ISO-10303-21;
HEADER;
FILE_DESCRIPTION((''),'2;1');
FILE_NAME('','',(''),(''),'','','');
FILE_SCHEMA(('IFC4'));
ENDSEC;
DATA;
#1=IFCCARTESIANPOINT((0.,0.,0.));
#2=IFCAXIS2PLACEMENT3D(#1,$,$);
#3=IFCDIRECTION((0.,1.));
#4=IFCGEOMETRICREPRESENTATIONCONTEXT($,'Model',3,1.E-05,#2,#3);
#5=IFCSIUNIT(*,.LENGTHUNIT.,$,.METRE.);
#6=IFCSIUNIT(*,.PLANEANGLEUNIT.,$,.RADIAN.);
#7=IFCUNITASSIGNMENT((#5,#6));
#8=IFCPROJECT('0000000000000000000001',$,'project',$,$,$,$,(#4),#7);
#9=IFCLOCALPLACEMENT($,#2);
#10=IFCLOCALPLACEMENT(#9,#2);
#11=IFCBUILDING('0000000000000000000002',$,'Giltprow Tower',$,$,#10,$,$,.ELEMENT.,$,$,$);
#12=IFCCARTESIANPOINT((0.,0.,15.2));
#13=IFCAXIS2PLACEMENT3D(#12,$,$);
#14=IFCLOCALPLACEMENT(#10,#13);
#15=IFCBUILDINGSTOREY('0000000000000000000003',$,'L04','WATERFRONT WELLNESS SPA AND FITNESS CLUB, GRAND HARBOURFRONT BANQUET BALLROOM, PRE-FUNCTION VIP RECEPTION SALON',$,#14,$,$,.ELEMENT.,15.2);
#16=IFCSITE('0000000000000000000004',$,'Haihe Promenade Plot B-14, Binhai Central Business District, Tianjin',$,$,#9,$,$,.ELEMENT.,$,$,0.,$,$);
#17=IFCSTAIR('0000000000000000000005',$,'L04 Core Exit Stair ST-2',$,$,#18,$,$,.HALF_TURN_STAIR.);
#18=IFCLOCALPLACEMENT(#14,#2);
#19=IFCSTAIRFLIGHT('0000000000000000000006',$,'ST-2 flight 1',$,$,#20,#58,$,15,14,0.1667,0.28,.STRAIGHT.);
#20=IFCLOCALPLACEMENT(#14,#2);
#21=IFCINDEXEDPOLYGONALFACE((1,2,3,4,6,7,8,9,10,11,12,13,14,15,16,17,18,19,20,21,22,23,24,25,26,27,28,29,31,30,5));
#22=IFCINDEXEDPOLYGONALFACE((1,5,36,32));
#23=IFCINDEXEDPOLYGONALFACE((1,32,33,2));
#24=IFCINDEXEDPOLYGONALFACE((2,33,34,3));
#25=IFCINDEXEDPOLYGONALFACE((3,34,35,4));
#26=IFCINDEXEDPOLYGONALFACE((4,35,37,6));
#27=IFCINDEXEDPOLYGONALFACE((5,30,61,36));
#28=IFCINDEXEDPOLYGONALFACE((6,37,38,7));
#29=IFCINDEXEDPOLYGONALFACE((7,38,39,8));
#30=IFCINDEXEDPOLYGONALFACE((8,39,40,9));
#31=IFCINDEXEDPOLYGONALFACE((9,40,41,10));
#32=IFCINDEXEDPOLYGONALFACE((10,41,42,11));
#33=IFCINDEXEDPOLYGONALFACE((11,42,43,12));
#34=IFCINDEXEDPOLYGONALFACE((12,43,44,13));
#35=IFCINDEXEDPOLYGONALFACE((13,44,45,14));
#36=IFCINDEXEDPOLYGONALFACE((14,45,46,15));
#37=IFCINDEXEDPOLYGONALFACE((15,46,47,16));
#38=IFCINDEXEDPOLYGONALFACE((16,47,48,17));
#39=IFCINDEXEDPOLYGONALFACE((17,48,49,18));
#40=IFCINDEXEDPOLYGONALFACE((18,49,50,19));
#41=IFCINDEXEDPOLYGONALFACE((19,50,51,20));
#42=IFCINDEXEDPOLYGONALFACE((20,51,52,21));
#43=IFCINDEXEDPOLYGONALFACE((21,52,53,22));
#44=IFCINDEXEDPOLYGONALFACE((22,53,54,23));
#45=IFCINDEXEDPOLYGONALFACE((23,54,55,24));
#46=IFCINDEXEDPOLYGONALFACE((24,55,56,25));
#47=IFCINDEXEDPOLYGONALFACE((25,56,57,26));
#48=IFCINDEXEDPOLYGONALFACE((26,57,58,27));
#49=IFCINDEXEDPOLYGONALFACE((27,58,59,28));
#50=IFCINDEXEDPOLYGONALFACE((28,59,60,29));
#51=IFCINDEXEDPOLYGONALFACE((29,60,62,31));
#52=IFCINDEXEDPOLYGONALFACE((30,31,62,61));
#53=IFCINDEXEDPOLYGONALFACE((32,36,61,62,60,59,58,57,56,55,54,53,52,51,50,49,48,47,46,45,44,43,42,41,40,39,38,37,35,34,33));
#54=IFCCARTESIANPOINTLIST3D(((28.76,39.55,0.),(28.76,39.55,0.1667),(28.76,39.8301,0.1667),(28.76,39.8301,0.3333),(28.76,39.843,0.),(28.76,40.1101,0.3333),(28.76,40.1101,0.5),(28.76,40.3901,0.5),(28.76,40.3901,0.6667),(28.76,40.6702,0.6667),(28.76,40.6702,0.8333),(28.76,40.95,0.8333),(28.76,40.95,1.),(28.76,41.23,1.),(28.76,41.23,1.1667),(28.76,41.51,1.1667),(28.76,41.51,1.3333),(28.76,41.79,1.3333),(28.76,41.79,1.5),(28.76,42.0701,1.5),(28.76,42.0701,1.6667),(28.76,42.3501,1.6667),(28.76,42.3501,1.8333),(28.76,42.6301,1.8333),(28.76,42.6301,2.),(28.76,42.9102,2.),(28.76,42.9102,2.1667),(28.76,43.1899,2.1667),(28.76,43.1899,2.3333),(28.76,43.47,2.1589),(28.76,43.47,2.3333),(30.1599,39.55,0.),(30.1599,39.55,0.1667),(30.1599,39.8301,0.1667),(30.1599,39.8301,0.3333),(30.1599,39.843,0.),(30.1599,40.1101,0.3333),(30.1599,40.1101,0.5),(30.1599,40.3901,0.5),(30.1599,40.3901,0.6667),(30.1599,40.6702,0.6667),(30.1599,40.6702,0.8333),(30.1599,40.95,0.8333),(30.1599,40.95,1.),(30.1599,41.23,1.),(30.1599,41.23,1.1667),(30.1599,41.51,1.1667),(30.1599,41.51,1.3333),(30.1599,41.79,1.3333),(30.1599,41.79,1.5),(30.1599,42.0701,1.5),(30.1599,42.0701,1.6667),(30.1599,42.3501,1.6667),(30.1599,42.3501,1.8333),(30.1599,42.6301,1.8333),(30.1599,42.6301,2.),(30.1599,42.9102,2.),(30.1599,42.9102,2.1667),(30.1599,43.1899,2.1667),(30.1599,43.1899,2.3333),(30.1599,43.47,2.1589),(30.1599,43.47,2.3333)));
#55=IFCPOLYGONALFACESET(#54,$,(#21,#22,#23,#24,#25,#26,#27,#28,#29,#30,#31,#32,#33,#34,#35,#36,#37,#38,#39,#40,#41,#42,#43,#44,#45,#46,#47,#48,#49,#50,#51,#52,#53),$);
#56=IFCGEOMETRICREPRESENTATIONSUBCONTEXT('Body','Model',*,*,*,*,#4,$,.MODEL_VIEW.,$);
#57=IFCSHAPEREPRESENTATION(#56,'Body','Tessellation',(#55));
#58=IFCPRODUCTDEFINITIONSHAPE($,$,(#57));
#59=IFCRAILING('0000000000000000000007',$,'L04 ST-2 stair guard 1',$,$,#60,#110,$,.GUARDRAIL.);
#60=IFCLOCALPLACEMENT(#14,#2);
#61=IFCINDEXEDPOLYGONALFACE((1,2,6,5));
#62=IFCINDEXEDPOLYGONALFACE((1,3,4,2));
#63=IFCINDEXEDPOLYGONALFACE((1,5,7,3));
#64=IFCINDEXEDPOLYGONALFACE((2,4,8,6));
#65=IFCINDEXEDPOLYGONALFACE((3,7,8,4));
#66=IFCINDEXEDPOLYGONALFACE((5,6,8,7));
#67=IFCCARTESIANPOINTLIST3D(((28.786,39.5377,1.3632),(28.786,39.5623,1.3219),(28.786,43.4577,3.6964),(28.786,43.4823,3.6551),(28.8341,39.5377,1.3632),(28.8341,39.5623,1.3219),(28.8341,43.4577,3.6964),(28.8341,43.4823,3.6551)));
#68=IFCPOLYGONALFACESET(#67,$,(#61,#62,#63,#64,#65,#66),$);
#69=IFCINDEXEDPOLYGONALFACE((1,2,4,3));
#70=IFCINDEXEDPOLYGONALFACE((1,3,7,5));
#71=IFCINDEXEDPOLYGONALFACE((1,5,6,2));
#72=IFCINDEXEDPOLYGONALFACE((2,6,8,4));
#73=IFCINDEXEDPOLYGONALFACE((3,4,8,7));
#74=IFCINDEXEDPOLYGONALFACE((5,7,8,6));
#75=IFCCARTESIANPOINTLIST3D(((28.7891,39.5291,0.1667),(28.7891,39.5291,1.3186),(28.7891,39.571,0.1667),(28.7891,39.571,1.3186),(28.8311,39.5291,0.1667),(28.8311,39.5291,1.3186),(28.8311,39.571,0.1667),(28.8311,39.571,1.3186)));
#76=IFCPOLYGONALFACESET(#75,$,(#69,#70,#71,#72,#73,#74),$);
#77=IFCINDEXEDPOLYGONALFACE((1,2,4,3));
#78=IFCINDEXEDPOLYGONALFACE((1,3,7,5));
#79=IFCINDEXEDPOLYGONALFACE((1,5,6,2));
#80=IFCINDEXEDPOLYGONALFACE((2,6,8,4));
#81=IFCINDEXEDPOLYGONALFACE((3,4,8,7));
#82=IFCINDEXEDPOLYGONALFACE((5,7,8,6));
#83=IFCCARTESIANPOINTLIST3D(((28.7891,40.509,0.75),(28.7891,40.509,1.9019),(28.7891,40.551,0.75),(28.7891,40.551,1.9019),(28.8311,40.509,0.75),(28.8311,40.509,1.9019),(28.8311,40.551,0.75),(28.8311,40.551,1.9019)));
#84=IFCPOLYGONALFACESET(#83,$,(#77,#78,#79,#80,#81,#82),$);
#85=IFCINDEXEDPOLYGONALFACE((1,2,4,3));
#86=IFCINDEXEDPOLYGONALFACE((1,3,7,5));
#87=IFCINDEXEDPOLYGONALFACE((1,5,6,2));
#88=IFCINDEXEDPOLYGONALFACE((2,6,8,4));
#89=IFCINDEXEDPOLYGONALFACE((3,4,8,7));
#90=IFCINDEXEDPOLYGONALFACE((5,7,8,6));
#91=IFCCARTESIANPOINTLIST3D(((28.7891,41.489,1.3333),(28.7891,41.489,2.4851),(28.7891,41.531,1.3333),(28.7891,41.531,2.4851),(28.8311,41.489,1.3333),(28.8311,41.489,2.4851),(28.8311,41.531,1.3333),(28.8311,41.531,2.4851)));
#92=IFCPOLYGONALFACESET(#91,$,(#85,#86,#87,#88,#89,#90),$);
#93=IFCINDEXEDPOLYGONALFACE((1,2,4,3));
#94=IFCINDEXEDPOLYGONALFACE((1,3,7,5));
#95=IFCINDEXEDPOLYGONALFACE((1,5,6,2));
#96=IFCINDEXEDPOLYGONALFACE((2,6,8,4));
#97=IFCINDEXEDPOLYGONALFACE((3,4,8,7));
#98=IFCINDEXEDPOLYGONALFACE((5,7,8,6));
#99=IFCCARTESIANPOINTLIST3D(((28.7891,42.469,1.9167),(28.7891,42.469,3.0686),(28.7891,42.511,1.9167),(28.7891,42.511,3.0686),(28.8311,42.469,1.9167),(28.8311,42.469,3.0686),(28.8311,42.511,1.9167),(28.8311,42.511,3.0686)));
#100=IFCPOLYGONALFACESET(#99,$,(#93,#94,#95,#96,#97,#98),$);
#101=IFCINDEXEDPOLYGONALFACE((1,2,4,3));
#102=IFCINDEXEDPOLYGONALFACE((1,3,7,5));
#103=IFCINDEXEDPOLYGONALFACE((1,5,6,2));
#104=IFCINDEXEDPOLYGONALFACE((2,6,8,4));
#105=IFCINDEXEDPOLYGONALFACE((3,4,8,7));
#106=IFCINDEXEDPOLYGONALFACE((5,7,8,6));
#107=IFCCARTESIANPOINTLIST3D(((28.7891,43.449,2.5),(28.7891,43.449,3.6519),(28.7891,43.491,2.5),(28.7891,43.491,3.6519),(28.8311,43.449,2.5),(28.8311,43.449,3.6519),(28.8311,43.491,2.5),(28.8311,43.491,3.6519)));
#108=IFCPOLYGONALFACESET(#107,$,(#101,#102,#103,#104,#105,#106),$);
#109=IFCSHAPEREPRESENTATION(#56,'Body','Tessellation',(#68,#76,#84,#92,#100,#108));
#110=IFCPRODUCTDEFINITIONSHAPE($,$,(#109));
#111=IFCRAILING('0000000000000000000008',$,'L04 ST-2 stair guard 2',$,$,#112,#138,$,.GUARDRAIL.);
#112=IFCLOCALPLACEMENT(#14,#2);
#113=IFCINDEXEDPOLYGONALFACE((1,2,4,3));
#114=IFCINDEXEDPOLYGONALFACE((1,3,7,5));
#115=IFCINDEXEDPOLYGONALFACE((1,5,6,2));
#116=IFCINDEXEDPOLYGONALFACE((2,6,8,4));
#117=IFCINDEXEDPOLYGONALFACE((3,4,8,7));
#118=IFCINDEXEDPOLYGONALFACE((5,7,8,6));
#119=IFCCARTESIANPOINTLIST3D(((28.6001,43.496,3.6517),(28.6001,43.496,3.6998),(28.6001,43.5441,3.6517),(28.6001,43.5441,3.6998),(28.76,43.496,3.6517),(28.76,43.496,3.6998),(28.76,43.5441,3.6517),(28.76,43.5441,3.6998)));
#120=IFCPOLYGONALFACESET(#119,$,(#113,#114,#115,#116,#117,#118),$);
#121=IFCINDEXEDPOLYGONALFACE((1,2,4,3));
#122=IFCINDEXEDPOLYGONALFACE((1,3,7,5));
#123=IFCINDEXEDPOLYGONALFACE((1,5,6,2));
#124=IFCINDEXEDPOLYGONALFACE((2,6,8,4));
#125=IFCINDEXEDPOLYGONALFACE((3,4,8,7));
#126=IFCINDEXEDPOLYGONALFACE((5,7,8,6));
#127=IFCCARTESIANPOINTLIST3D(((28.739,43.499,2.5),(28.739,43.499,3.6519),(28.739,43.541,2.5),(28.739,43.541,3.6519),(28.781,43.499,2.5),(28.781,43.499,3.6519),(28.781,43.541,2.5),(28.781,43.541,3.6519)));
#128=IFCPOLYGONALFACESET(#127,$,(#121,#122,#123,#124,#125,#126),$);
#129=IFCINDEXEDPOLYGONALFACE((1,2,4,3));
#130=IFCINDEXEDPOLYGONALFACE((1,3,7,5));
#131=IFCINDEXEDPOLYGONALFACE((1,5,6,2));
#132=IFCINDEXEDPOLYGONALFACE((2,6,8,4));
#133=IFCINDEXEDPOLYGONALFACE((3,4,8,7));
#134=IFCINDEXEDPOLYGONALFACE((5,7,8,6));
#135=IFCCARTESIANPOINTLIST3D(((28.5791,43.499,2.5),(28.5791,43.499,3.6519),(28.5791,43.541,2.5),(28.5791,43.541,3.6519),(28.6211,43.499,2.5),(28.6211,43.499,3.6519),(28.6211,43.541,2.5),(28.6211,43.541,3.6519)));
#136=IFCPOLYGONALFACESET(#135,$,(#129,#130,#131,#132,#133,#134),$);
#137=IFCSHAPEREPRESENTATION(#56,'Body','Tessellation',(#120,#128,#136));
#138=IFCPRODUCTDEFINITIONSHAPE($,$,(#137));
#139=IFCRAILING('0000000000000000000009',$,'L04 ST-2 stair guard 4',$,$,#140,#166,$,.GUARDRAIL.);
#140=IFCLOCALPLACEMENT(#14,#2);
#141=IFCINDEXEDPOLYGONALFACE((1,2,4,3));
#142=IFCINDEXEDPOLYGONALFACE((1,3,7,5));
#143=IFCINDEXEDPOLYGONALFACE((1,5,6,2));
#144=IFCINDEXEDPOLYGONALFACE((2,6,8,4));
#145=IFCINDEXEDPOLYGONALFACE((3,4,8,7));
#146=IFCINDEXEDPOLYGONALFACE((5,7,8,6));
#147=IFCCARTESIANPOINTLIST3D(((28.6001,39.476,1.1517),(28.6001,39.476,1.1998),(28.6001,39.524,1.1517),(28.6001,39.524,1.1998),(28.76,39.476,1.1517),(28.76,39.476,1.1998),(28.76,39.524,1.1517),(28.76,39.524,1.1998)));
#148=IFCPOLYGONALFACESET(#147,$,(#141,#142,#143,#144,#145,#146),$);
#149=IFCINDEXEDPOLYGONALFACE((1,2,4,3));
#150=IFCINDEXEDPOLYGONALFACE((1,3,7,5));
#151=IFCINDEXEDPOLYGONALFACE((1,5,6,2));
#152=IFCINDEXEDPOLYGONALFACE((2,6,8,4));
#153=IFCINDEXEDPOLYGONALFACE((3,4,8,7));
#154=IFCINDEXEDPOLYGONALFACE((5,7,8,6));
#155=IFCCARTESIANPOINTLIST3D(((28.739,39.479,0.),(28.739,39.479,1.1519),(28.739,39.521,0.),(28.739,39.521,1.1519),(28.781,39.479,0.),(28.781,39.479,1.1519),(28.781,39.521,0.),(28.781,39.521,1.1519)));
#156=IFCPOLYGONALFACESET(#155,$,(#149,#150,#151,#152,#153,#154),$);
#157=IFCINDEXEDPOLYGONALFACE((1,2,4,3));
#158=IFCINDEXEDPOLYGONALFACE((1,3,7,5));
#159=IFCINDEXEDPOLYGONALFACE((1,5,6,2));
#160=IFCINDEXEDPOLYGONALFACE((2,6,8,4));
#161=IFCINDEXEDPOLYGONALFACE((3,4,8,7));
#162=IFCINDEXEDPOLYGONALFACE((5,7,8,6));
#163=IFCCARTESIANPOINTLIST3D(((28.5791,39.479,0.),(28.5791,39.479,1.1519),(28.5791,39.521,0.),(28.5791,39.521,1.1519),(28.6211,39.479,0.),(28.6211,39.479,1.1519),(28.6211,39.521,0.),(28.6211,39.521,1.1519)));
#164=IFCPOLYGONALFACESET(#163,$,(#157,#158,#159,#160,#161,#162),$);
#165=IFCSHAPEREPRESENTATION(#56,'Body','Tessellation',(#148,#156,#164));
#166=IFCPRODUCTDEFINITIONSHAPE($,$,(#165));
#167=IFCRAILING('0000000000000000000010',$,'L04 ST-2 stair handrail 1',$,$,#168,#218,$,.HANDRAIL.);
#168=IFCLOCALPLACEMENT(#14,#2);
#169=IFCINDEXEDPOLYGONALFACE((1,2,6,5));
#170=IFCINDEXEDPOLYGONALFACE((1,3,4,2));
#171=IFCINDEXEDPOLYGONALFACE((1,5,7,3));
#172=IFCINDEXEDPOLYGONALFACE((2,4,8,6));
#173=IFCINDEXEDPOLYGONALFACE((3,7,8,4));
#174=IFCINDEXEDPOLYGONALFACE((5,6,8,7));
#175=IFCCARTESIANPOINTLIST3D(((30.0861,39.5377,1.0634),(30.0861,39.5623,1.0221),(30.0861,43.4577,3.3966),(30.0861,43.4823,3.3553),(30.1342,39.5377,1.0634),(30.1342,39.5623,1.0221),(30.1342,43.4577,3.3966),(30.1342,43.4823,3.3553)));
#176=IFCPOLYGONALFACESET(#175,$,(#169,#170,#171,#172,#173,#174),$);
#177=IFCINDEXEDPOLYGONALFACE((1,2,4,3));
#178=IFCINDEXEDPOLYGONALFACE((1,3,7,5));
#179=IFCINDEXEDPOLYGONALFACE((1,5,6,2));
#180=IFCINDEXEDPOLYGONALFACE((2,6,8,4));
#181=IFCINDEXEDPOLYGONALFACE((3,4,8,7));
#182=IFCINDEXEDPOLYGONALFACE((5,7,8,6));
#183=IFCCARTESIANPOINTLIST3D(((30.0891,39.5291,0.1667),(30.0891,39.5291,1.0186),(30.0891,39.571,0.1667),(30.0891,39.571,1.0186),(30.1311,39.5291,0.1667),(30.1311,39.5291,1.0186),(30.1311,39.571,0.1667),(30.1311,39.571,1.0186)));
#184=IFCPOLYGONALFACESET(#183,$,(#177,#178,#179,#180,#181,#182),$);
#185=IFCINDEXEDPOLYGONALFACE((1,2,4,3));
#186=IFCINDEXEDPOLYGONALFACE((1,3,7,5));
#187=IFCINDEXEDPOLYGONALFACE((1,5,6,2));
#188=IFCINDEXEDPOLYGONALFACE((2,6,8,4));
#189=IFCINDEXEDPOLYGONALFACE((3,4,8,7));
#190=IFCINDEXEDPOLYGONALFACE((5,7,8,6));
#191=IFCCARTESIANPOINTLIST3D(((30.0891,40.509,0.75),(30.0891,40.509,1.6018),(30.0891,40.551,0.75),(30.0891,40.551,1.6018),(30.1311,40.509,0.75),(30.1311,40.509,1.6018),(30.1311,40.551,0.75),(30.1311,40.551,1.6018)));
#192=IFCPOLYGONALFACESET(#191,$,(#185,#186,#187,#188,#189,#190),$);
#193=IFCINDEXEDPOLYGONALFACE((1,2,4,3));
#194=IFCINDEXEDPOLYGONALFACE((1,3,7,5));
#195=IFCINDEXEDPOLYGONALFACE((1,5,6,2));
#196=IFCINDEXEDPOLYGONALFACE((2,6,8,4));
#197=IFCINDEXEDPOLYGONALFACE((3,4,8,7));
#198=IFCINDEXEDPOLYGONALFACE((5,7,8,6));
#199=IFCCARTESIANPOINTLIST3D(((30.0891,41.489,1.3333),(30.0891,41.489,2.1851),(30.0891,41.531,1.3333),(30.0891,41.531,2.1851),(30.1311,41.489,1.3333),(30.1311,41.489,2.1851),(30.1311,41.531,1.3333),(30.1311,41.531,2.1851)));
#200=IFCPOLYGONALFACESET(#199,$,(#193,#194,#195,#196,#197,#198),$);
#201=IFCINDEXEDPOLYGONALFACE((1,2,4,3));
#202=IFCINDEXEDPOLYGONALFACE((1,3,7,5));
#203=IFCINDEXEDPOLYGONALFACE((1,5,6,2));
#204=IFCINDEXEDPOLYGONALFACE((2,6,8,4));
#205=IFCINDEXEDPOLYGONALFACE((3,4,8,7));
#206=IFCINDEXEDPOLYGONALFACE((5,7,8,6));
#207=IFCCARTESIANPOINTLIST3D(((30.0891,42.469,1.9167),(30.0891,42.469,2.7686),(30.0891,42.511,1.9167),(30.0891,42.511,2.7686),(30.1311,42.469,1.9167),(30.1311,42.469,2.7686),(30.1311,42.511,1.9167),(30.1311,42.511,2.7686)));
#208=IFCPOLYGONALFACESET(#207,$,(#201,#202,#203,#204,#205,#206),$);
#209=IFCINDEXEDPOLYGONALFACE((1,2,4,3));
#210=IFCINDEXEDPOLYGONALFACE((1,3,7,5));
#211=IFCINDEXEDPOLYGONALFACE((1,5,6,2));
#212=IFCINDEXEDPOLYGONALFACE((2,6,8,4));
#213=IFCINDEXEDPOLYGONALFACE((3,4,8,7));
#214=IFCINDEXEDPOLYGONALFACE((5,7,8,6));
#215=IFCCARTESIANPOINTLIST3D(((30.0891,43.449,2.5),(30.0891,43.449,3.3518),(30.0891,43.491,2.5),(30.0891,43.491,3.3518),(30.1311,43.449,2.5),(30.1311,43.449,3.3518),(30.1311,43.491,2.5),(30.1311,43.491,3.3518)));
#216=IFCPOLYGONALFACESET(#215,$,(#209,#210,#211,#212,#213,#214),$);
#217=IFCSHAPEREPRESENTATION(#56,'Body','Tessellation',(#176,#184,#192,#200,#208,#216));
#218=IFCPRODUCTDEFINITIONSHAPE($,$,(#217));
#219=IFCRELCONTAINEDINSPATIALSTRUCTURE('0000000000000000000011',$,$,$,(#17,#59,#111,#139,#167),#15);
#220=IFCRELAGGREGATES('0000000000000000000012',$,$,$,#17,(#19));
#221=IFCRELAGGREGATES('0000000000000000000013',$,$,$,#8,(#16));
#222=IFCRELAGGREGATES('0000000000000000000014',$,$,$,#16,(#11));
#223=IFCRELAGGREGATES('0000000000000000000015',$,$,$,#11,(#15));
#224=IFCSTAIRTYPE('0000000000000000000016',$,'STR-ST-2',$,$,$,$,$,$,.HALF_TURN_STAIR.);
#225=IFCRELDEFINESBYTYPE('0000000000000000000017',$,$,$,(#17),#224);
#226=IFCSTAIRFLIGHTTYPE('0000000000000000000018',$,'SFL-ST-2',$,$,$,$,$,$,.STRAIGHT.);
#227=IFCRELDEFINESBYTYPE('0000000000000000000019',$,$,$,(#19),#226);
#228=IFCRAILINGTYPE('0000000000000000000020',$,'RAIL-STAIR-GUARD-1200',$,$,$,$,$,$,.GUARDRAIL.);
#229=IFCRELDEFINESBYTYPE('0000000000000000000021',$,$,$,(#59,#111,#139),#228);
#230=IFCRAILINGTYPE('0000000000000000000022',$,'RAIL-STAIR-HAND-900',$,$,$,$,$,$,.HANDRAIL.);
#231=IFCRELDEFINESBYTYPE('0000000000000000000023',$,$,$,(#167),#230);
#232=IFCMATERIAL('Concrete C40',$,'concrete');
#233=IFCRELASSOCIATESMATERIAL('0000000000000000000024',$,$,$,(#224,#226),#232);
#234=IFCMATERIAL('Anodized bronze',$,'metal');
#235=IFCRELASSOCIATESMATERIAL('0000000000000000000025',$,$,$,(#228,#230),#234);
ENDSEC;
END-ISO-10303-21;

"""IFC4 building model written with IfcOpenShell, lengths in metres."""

from ifc_helpers import new_model, si_unit, direction, frame, origin, origin_2d, place, context, subcontext, project, spatial, polyline, rectangle, outline, extrude, material, type_object, element, aggregate, save


model = new_model("IFC4")

# Units and contexts
model_context = context("Model", 3, precision=1e-05, world=origin(), true_north=direction((0.0, 1.0)))
body_context = subcontext(model_context, "Body", "Model", "MODEL_VIEW")
ifc_project = project(units=[si_unit("LENGTHUNIT", "METRE"), si_unit("PLANEANGLEUNIT", "RADIAN")], contexts=[model_context])

# Site, building, storey
site_placement = place(None, origin())
site = spatial("IfcSite", under=ifc_project, at=site_placement, Name="Haihe Promenade Plot B-14, Binhai Central Business District, Tianjin", CompositionType="ELEMENT", RefElevation=0.0)
building_placement = place(site_placement, origin())
building = spatial("IfcBuilding", under=site, at=building_placement, Name="Giltprow Tower", CompositionType="ELEMENT")
storey_placement = place(building_placement, frame((0.0, 0.0, 15.2)))
storey = spatial("IfcBuildingStorey", under=building, at=storey_placement, Name="L04", Description="WATERFRONT WELLNESS SPA AND FITNESS CLUB, GRAND HARBOURFRONT BANQUET BALLROOM, PRE-FUNCTION VIP RECEPTION SALON", CompositionType="ELEMENT", Elevation=15.2)

# Shared definitions
ifc_material_1 = material(Name="Concrete C40", Category="concrete")

# Stair, stair flight
stair_type = type_object("IfcStairType", Name="STR-ST-2", PredefinedType="HALF_TURN_STAIR", material=ifc_material_1)
stair_placement = place(storey_placement, origin())
stair = element("IfcStair", 1, at=stair_placement, inside=storey, type_object=stair_type, Name="L04 Core Exit Stair ST-2", PredefinedType="HALF_TURN_STAIR")
stair_flight_type = type_object("IfcStairFlightType", Name="SFL-ST-2", PredefinedType="STRAIGHT", material=ifc_material_1)
stair_flight_placement = place(storey_placement, frame((29.46, 39.55, 0.0), z_axis=(0.0, 0.0, 1.0), x_axis=(0.0, 1.0, 0.0)))
stair_flight = element("IfcStairFlight", 2, at=stair_flight_placement, type_object=stair_flight_type, Name="ST-2 flight 1", NumberOfRisers=15, NumberOfTreads=14, PredefinedType="STRAIGHT", RiserHeight=0.1667, TreadLength=0.28, context=body_context, shape_type="SweptSolid", body=[
    extrude(outline(polyline([(0.0, 0.0), (0.0, 0.1667), (0.28, 0.1667), (0.28, 0.3333), (0.5601, 0.3333), (0.5601, 0.5), (0.8401, 0.5), (0.8401, 0.6667), (1.1201, 0.6667), (1.1201, 0.8333), (1.3999, 0.8333), (1.3999, 1.0), (1.6799, 1.0), (1.6799, 1.1667), (1.96, 1.1667), (1.96, 1.3333), (2.24, 1.3333), (2.24, 1.5), (2.52, 1.5), (2.52, 1.6667), (2.8, 1.6667), (2.8, 1.8333), (3.0801, 1.8333), (3.0801, 2.0), (3.3601, 2.0), (3.3601, 2.1667), (3.6399, 2.1667), (3.6399, 2.3333), (3.9199, 2.3333), (3.9199, 2.5), (3.9199, 2.1589), (0.293, 0.0), (0.0, 0.0)])), frame((0.0, 0.7, 0.0), z_axis=(0.0, -1.0, 0.0), x_axis=(1.0, 0.0, 0.0)), (0.0, 0.0, 1.0), 1.3999),
])
aggregate(stair, [stair_flight])

# Railings
ifc_material_2 = material(Name="Anodized bronze", Category="metal")
railing_type_1 = type_object("IfcRailingType", Name="RAIL-STAIR-GUARD-1200", PredefinedType="GUARDRAIL", material=ifc_material_2)
railing_1_placement = place(storey_placement, frame((28.8101, 39.55, 0.1667)))
element("IfcRailing", 3, at=railing_1_placement, inside=storey, type_object=railing_type_1, Name="L04 ST-2 stair guard 1", PredefinedType="GUARDRAIL", context=body_context, shape_type="SweptSolid", body=[
    extrude(rectangle(XDim=0.0481, YDim=0.0481, at=origin_2d()), frame((0.0, 0.0, 1.1758), z_axis=(0.0, 0.859296, 0.511478), x_axis=(-1.0, 0.0, 0.0)), (0.0, 0.0, 1.0), 4.5618),
    extrude(rectangle(XDim=0.042, YDim=0.042, at=origin_2d()), origin(), (0.0, 0.0, 1.0), 1.1519),
    extrude(rectangle(XDim=0.042, YDim=0.042, at=origin_2d()), frame((0.0, 0.98, 0.5833)), (0.0, 0.0, 1.0), 1.1519),
    extrude(rectangle(XDim=0.042, YDim=0.042, at=origin_2d()), frame((0.0, 1.96, 1.1665)), (0.0, 0.0, 1.0), 1.1519),
    extrude(rectangle(XDim=0.042, YDim=0.042, at=origin_2d()), frame((0.0, 2.9399, 1.75)), (0.0, 0.0, 1.0), 1.1519),
    extrude(rectangle(XDim=0.042, YDim=0.042, at=origin_2d()), frame((0.0, 3.9199, 2.3333)), (0.0, 0.0, 1.0), 1.1519),
])
for number, where, name in (
    (4, (28.76, 43.52, 2.5), "L04 ST-2 stair guard 2"),
    (5, (28.76, 39.5, 0.0), "L04 ST-2 stair guard 4"),
):
    element("IfcRailing", number, at=place(storey_placement, frame(where)), inside=storey, type_object=railing_type_1, Name=name, PredefinedType="GUARDRAIL", context=body_context, shape_type="SweptSolid", body=[
        extrude(rectangle(XDim=0.0481, YDim=0.0481, at=origin_2d()), frame((0.0, 0.0, 1.1758), z_axis=(-1.0, 0.0, 0.0), x_axis=(0.0, -1.0, 0.0)), (0.0, 0.0, 1.0), 0.1599),
        extrude(rectangle(XDim=0.042, YDim=0.042, at=origin_2d()), origin(), (0.0, 0.0, 1.0), 1.1519),
        extrude(rectangle(XDim=0.042, YDim=0.042, at=origin_2d()), frame((-0.1599, 0.0, 0.0)), (0.0, 0.0, 1.0), 1.1519),
    ])
railing_type_2 = type_object("IfcRailingType", Name="RAIL-STAIR-HAND-900", PredefinedType="HANDRAIL", material=ifc_material_2)
railing_2_placement = place(storey_placement, frame((30.1101, 39.55, 0.1667)))
element("IfcRailing", 6, at=railing_2_placement, inside=storey, type_object=railing_type_2, Name="L04 ST-2 stair handrail 1", PredefinedType="HANDRAIL", context=body_context, shape_type="SweptSolid", body=[
    extrude(rectangle(XDim=0.0481, YDim=0.0481, at=origin_2d()), frame((0.0, 0.0, 0.876), z_axis=(0.0, 0.859296, 0.511478), x_axis=(-1.0, 0.0, 0.0)), (0.0, 0.0, 1.0), 4.5618),
    extrude(rectangle(XDim=0.042, YDim=0.042, at=origin_2d()), origin(), (0.0, 0.0, 1.0), 0.8518),
    extrude(rectangle(XDim=0.042, YDim=0.042, at=origin_2d()), frame((0.0, 0.98, 0.5833)), (0.0, 0.0, 1.0), 0.8518),
    extrude(rectangle(XDim=0.042, YDim=0.042, at=origin_2d()), frame((0.0, 1.96, 1.1665)), (0.0, 0.0, 1.0), 0.8518),
    extrude(rectangle(XDim=0.042, YDim=0.042, at=origin_2d()), frame((0.0, 2.9399, 1.75)), (0.0, 0.0, 1.0), 0.8518),
    extrude(rectangle(XDim=0.042, YDim=0.042, at=origin_2d()), frame((0.0, 3.9199, 2.3333)), (0.0, 0.0, 1.0), 0.8518),
])

save(model, "model.ifc")
